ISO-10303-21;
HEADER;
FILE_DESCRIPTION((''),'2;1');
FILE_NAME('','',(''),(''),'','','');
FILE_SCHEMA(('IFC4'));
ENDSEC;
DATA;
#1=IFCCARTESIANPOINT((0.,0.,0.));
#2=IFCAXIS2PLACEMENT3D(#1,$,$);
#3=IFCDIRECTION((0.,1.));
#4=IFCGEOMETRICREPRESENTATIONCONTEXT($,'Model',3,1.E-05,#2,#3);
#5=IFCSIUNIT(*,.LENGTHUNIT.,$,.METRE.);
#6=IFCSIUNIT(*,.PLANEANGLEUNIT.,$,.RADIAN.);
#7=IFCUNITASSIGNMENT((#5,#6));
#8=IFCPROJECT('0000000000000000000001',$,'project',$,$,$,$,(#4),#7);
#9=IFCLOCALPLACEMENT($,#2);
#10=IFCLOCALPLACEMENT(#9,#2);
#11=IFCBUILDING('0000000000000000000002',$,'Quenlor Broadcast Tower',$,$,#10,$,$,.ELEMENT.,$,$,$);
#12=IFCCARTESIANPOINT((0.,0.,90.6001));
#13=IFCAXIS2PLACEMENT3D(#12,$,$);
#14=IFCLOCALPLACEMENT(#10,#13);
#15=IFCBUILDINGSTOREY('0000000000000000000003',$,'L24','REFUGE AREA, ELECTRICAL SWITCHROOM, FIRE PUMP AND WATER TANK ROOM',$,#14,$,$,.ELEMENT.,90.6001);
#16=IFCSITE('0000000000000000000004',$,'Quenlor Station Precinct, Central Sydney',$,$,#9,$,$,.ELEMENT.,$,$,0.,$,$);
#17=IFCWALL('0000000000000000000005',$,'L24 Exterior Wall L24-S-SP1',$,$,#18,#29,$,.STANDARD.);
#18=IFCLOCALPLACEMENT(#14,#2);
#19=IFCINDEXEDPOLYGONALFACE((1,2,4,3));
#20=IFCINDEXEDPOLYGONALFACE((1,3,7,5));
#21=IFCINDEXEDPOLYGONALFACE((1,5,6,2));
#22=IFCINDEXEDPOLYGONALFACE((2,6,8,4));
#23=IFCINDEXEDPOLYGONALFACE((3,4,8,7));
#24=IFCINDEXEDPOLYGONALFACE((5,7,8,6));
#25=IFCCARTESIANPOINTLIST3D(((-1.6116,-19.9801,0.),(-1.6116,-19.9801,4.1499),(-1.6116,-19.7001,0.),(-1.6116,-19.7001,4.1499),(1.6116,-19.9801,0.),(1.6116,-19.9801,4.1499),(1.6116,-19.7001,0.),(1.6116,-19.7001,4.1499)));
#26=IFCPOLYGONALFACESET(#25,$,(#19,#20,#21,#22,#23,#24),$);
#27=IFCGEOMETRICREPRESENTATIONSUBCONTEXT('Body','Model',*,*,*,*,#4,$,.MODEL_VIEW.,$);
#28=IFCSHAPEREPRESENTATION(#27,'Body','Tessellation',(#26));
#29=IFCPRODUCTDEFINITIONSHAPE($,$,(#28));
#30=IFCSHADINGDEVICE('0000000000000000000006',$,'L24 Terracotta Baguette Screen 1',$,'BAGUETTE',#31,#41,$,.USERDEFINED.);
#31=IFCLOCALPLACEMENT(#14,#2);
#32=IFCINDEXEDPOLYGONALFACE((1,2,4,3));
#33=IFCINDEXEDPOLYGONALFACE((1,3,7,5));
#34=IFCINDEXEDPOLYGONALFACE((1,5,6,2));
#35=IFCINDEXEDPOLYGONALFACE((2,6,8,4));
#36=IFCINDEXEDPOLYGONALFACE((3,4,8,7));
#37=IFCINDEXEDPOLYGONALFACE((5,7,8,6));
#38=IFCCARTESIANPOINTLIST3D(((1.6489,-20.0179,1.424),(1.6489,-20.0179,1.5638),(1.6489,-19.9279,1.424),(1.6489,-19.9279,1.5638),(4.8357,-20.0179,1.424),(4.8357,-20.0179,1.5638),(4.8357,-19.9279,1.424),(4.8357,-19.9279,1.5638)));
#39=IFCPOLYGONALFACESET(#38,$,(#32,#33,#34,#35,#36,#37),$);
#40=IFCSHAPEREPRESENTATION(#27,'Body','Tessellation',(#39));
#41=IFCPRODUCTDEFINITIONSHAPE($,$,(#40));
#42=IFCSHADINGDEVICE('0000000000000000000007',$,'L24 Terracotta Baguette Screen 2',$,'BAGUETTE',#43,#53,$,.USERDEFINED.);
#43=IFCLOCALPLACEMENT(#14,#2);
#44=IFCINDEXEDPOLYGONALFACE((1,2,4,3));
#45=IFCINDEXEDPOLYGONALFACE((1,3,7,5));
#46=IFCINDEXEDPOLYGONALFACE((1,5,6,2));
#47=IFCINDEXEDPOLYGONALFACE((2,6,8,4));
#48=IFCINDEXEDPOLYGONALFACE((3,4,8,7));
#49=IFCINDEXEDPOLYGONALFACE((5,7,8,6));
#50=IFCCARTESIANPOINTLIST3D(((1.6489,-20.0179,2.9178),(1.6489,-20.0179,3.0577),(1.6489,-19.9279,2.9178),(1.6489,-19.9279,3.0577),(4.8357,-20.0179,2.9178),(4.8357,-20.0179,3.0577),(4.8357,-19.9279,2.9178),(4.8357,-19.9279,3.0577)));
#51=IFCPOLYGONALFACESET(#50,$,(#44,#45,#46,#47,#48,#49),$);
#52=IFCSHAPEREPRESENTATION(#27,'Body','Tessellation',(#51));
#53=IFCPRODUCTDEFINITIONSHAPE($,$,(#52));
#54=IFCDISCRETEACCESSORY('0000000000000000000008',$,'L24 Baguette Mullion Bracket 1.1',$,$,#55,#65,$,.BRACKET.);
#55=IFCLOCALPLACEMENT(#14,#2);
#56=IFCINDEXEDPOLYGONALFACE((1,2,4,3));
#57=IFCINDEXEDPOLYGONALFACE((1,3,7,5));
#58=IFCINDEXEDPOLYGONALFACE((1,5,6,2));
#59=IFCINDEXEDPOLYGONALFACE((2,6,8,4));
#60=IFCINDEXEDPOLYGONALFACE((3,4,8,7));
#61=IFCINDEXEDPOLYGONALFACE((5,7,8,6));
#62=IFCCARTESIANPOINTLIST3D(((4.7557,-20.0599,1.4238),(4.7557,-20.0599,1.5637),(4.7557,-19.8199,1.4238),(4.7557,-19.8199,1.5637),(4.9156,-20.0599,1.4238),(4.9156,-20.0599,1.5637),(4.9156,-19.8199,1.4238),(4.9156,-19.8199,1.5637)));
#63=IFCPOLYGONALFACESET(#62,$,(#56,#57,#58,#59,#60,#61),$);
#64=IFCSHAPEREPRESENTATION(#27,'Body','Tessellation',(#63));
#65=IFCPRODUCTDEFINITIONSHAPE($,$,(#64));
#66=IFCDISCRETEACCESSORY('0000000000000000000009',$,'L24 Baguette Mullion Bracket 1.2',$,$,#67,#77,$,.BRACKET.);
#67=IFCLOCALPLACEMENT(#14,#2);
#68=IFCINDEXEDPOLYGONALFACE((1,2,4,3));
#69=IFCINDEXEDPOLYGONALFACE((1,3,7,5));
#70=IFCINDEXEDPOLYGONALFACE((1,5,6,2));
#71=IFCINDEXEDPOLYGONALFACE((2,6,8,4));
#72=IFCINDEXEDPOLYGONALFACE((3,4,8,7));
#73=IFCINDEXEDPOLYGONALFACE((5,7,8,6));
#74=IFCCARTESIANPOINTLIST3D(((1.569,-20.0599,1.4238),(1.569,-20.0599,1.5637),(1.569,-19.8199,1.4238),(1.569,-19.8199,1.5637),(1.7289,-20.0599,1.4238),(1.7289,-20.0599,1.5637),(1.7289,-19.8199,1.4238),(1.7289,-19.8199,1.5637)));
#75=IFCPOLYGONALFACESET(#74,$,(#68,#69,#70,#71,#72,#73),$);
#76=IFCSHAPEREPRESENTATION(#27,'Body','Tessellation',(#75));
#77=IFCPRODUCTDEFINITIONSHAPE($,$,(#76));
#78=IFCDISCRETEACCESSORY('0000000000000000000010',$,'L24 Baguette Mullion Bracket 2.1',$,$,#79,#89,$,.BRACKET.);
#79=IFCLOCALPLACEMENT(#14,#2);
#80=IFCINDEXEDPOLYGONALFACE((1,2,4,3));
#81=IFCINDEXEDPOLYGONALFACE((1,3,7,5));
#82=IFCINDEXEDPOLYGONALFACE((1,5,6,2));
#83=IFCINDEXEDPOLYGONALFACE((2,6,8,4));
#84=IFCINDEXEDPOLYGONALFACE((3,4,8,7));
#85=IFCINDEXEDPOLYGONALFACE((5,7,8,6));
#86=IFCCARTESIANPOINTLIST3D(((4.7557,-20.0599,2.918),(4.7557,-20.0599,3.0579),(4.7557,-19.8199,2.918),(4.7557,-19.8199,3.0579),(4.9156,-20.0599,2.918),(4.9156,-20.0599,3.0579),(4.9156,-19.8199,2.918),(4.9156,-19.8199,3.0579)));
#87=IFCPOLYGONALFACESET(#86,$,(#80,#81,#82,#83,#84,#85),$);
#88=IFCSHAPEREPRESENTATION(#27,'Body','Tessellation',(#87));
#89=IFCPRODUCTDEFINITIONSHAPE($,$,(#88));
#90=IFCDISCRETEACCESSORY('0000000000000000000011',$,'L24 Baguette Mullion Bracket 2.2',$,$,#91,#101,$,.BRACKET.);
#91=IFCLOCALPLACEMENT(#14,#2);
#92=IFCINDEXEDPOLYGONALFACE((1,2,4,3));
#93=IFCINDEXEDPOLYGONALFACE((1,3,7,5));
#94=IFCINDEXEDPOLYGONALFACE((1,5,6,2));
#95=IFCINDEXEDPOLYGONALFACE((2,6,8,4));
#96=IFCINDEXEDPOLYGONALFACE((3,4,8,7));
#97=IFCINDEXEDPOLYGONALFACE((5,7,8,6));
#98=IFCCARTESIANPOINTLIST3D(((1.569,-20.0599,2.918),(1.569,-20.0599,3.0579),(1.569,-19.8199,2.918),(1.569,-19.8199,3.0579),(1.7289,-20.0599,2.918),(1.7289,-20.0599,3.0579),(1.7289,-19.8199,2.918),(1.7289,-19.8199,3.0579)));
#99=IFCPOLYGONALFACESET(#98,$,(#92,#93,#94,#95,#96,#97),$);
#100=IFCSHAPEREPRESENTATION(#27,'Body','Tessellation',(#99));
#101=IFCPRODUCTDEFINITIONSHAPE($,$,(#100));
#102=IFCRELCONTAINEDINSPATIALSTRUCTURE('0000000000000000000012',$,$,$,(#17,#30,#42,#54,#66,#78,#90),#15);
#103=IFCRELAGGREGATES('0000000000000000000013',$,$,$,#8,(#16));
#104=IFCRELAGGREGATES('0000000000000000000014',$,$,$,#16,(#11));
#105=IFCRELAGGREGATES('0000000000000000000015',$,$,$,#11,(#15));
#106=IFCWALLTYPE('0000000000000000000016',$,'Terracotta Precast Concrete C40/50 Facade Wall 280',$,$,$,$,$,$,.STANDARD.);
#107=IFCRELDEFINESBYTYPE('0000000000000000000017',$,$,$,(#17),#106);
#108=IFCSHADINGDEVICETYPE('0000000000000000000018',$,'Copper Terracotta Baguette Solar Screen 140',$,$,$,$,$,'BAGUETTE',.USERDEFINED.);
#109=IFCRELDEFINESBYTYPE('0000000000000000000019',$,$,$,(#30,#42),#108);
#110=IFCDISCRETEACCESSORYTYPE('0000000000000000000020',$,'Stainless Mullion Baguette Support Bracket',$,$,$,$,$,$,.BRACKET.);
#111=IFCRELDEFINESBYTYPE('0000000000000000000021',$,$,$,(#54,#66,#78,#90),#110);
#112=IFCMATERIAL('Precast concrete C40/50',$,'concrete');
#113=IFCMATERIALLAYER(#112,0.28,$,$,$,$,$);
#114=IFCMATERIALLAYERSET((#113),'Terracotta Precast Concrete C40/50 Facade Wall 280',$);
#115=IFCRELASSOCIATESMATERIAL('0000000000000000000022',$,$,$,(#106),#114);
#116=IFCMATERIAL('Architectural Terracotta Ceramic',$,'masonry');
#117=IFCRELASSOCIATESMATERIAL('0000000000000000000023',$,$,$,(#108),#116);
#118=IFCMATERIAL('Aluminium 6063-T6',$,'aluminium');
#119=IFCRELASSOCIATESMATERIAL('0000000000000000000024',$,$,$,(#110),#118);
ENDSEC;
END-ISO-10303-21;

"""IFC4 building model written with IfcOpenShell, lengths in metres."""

from ifc_helpers import new_model, si_unit, direction, frame, frame_2d, origin, origin_2d, place, context, subcontext, project, spatial, rectangle, extrude, material, layer, layer_set, material_profile, profile_set, type_object, element, save


model = new_model("IFC4")

# Units and contexts
model_context = context("Model", 3, precision=1e-05, world=origin(), true_north=direction((0.0, 1.0)))
body_context = subcontext(model_context, "Body", "Model", "MODEL_VIEW")
ifc_project = project(units=[si_unit("LENGTHUNIT", "METRE"), si_unit("PLANEANGLEUNIT", "RADIAN")], contexts=[model_context])

# Site, building, storey
site_placement = place(None, origin())
site = spatial("IfcSite", under=ifc_project, at=site_placement, Name="Quenlor Station Precinct, Central Sydney", CompositionType="ELEMENT", RefElevation=0.0)
building_placement = place(site_placement, origin())
building = spatial("IfcBuilding", under=site, at=building_placement, Name="Quenlor Broadcast Tower", CompositionType="ELEMENT")
storey_placement = place(building_placement, frame((0.0, 0.0, 90.6001)))
storey = spatial("IfcBuildingStorey", under=building, at=storey_placement, Name="L24", Description="REFUGE AREA, ELECTRICAL SWITCHROOM, FIRE PUMP AND WATER TANK ROOM", CompositionType="ELEMENT", Elevation=90.6001)

# Wall
ifc_material_1 = material(Name="Precast concrete C40/50", Category="concrete")
ifc_layer_1 = layer(ifc_material_1, 0.28)
ifc_layer_set_1 = layer_set([ifc_layer_1], Name="Terracotta Precast Concrete C40/50 Facade Wall 280")
wall_type = type_object("IfcWallType", Name="Terracotta Precast Concrete C40/50 Facade Wall 280", PredefinedType="STANDARD", material=ifc_layer_set_1)
wall_placement = place(storey_placement, frame((1.6116, -19.8401, 0.0), z_axis=(0.0, 0.0, 1.0), x_axis=(-1.0, 0.0, 0.0)))
element("IfcWall", 1, at=wall_placement, inside=storey, type_object=wall_type, Name="L24 Exterior Wall L24-S-SP1", PredefinedType="STANDARD", context=body_context, shape_type="SweptSolid", body=[
    extrude(rectangle(XDim=3.2231, YDim=0.28, at=frame_2d((1.6116, 0.0))), origin(), (0.0, 0.0, 1.0), 4.1499),
])

# Shading devices
ifc_material_2 = material(Name="Architectural Terracotta Ceramic", Category="masonry")
ifc_material_profile_1 = material_profile(ifc_material_2, rectangle(XDim=0.0901, YDim=0.1399, at=origin_2d()))
ifc_profile_set_1 = profile_set([ifc_material_profile_1], Name="Architectural Terracotta Ceramic BAG90x140")
shading_device_type = type_object("IfcShadingDeviceType", Name="Copper Terracotta Baguette Solar Screen 140", ElementType="BAGUETTE", PredefinedType="USERDEFINED", material=ifc_profile_set_1)
for number, where, z_axis, x_axis, name in (
    (2, (4.8357, -19.9729, 1.4939), (-1.0, 0.0, 0.0), (0.0, -1.0, 0.0), "L24 Terracotta Baguette Screen 1"),
    (3, (4.8357, -19.9729, 2.9878), (-1.0, 0.0, 0.0), (0.0, -1.0, 0.0), "L24 Terracotta Baguette Screen 2"),
):
    element("IfcShadingDevice", number, at=place(storey_placement, frame(where, z_axis=z_axis, x_axis=x_axis)), inside=storey, type_object=shading_device_type, Name=name, ObjectType="BAGUETTE", PredefinedType="USERDEFINED", context=body_context, shape_type="SweptSolid", body=[
        extrude(rectangle(XDim=0.0901, YDim=0.1399, at=origin_2d()), origin(), (0.0, 0.0, 1.0), 3.1868),
    ])

# Discrete accessories
ifc_material_3 = material(Name="Aluminium 6063-T6", Category="aluminium")
discrete_accessory_type = type_object("IfcDiscreteAccessoryType", Name="Stainless Mullion Baguette Support Bracket", PredefinedType="BRACKET", material=ifc_material_3)
for number, where, z_axis, x_axis, name in (
    (4, (4.8357, -19.9399, 1.4238), (0.0, 0.0, 1.0), (-1.0, 0.0, 0.0), "L24 Baguette Mullion Bracket 1.1"),
    (5, (1.6489, -19.9399, 1.4238), (0.0, 0.0, 1.0), (-1.0, 0.0, 0.0), "L24 Baguette Mullion Bracket 1.2"),
    (6, (4.8357, -19.9399, 2.918), (0.0, 0.0, 1.0), (-1.0, 0.0, 0.0), "L24 Baguette Mullion Bracket 2.1"),
    (7, (1.6489, -19.9399, 2.918), (0.0, 0.0, 1.0), (-1.0, 0.0, 0.0), "L24 Baguette Mullion Bracket 2.2"),
):
    element("IfcDiscreteAccessory", number, at=place(storey_placement, frame(where, z_axis=z_axis, x_axis=x_axis)), inside=storey, type_object=discrete_accessory_type, Name=name, PredefinedType="BRACKET", context=body_context, shape_type="SweptSolid", body=[
        extrude(rectangle(XDim=0.1599, YDim=0.24, at=origin_2d()), origin(), (0.0, 0.0, 1.0), 0.1399),
    ])

save(model, "model.ifc")
